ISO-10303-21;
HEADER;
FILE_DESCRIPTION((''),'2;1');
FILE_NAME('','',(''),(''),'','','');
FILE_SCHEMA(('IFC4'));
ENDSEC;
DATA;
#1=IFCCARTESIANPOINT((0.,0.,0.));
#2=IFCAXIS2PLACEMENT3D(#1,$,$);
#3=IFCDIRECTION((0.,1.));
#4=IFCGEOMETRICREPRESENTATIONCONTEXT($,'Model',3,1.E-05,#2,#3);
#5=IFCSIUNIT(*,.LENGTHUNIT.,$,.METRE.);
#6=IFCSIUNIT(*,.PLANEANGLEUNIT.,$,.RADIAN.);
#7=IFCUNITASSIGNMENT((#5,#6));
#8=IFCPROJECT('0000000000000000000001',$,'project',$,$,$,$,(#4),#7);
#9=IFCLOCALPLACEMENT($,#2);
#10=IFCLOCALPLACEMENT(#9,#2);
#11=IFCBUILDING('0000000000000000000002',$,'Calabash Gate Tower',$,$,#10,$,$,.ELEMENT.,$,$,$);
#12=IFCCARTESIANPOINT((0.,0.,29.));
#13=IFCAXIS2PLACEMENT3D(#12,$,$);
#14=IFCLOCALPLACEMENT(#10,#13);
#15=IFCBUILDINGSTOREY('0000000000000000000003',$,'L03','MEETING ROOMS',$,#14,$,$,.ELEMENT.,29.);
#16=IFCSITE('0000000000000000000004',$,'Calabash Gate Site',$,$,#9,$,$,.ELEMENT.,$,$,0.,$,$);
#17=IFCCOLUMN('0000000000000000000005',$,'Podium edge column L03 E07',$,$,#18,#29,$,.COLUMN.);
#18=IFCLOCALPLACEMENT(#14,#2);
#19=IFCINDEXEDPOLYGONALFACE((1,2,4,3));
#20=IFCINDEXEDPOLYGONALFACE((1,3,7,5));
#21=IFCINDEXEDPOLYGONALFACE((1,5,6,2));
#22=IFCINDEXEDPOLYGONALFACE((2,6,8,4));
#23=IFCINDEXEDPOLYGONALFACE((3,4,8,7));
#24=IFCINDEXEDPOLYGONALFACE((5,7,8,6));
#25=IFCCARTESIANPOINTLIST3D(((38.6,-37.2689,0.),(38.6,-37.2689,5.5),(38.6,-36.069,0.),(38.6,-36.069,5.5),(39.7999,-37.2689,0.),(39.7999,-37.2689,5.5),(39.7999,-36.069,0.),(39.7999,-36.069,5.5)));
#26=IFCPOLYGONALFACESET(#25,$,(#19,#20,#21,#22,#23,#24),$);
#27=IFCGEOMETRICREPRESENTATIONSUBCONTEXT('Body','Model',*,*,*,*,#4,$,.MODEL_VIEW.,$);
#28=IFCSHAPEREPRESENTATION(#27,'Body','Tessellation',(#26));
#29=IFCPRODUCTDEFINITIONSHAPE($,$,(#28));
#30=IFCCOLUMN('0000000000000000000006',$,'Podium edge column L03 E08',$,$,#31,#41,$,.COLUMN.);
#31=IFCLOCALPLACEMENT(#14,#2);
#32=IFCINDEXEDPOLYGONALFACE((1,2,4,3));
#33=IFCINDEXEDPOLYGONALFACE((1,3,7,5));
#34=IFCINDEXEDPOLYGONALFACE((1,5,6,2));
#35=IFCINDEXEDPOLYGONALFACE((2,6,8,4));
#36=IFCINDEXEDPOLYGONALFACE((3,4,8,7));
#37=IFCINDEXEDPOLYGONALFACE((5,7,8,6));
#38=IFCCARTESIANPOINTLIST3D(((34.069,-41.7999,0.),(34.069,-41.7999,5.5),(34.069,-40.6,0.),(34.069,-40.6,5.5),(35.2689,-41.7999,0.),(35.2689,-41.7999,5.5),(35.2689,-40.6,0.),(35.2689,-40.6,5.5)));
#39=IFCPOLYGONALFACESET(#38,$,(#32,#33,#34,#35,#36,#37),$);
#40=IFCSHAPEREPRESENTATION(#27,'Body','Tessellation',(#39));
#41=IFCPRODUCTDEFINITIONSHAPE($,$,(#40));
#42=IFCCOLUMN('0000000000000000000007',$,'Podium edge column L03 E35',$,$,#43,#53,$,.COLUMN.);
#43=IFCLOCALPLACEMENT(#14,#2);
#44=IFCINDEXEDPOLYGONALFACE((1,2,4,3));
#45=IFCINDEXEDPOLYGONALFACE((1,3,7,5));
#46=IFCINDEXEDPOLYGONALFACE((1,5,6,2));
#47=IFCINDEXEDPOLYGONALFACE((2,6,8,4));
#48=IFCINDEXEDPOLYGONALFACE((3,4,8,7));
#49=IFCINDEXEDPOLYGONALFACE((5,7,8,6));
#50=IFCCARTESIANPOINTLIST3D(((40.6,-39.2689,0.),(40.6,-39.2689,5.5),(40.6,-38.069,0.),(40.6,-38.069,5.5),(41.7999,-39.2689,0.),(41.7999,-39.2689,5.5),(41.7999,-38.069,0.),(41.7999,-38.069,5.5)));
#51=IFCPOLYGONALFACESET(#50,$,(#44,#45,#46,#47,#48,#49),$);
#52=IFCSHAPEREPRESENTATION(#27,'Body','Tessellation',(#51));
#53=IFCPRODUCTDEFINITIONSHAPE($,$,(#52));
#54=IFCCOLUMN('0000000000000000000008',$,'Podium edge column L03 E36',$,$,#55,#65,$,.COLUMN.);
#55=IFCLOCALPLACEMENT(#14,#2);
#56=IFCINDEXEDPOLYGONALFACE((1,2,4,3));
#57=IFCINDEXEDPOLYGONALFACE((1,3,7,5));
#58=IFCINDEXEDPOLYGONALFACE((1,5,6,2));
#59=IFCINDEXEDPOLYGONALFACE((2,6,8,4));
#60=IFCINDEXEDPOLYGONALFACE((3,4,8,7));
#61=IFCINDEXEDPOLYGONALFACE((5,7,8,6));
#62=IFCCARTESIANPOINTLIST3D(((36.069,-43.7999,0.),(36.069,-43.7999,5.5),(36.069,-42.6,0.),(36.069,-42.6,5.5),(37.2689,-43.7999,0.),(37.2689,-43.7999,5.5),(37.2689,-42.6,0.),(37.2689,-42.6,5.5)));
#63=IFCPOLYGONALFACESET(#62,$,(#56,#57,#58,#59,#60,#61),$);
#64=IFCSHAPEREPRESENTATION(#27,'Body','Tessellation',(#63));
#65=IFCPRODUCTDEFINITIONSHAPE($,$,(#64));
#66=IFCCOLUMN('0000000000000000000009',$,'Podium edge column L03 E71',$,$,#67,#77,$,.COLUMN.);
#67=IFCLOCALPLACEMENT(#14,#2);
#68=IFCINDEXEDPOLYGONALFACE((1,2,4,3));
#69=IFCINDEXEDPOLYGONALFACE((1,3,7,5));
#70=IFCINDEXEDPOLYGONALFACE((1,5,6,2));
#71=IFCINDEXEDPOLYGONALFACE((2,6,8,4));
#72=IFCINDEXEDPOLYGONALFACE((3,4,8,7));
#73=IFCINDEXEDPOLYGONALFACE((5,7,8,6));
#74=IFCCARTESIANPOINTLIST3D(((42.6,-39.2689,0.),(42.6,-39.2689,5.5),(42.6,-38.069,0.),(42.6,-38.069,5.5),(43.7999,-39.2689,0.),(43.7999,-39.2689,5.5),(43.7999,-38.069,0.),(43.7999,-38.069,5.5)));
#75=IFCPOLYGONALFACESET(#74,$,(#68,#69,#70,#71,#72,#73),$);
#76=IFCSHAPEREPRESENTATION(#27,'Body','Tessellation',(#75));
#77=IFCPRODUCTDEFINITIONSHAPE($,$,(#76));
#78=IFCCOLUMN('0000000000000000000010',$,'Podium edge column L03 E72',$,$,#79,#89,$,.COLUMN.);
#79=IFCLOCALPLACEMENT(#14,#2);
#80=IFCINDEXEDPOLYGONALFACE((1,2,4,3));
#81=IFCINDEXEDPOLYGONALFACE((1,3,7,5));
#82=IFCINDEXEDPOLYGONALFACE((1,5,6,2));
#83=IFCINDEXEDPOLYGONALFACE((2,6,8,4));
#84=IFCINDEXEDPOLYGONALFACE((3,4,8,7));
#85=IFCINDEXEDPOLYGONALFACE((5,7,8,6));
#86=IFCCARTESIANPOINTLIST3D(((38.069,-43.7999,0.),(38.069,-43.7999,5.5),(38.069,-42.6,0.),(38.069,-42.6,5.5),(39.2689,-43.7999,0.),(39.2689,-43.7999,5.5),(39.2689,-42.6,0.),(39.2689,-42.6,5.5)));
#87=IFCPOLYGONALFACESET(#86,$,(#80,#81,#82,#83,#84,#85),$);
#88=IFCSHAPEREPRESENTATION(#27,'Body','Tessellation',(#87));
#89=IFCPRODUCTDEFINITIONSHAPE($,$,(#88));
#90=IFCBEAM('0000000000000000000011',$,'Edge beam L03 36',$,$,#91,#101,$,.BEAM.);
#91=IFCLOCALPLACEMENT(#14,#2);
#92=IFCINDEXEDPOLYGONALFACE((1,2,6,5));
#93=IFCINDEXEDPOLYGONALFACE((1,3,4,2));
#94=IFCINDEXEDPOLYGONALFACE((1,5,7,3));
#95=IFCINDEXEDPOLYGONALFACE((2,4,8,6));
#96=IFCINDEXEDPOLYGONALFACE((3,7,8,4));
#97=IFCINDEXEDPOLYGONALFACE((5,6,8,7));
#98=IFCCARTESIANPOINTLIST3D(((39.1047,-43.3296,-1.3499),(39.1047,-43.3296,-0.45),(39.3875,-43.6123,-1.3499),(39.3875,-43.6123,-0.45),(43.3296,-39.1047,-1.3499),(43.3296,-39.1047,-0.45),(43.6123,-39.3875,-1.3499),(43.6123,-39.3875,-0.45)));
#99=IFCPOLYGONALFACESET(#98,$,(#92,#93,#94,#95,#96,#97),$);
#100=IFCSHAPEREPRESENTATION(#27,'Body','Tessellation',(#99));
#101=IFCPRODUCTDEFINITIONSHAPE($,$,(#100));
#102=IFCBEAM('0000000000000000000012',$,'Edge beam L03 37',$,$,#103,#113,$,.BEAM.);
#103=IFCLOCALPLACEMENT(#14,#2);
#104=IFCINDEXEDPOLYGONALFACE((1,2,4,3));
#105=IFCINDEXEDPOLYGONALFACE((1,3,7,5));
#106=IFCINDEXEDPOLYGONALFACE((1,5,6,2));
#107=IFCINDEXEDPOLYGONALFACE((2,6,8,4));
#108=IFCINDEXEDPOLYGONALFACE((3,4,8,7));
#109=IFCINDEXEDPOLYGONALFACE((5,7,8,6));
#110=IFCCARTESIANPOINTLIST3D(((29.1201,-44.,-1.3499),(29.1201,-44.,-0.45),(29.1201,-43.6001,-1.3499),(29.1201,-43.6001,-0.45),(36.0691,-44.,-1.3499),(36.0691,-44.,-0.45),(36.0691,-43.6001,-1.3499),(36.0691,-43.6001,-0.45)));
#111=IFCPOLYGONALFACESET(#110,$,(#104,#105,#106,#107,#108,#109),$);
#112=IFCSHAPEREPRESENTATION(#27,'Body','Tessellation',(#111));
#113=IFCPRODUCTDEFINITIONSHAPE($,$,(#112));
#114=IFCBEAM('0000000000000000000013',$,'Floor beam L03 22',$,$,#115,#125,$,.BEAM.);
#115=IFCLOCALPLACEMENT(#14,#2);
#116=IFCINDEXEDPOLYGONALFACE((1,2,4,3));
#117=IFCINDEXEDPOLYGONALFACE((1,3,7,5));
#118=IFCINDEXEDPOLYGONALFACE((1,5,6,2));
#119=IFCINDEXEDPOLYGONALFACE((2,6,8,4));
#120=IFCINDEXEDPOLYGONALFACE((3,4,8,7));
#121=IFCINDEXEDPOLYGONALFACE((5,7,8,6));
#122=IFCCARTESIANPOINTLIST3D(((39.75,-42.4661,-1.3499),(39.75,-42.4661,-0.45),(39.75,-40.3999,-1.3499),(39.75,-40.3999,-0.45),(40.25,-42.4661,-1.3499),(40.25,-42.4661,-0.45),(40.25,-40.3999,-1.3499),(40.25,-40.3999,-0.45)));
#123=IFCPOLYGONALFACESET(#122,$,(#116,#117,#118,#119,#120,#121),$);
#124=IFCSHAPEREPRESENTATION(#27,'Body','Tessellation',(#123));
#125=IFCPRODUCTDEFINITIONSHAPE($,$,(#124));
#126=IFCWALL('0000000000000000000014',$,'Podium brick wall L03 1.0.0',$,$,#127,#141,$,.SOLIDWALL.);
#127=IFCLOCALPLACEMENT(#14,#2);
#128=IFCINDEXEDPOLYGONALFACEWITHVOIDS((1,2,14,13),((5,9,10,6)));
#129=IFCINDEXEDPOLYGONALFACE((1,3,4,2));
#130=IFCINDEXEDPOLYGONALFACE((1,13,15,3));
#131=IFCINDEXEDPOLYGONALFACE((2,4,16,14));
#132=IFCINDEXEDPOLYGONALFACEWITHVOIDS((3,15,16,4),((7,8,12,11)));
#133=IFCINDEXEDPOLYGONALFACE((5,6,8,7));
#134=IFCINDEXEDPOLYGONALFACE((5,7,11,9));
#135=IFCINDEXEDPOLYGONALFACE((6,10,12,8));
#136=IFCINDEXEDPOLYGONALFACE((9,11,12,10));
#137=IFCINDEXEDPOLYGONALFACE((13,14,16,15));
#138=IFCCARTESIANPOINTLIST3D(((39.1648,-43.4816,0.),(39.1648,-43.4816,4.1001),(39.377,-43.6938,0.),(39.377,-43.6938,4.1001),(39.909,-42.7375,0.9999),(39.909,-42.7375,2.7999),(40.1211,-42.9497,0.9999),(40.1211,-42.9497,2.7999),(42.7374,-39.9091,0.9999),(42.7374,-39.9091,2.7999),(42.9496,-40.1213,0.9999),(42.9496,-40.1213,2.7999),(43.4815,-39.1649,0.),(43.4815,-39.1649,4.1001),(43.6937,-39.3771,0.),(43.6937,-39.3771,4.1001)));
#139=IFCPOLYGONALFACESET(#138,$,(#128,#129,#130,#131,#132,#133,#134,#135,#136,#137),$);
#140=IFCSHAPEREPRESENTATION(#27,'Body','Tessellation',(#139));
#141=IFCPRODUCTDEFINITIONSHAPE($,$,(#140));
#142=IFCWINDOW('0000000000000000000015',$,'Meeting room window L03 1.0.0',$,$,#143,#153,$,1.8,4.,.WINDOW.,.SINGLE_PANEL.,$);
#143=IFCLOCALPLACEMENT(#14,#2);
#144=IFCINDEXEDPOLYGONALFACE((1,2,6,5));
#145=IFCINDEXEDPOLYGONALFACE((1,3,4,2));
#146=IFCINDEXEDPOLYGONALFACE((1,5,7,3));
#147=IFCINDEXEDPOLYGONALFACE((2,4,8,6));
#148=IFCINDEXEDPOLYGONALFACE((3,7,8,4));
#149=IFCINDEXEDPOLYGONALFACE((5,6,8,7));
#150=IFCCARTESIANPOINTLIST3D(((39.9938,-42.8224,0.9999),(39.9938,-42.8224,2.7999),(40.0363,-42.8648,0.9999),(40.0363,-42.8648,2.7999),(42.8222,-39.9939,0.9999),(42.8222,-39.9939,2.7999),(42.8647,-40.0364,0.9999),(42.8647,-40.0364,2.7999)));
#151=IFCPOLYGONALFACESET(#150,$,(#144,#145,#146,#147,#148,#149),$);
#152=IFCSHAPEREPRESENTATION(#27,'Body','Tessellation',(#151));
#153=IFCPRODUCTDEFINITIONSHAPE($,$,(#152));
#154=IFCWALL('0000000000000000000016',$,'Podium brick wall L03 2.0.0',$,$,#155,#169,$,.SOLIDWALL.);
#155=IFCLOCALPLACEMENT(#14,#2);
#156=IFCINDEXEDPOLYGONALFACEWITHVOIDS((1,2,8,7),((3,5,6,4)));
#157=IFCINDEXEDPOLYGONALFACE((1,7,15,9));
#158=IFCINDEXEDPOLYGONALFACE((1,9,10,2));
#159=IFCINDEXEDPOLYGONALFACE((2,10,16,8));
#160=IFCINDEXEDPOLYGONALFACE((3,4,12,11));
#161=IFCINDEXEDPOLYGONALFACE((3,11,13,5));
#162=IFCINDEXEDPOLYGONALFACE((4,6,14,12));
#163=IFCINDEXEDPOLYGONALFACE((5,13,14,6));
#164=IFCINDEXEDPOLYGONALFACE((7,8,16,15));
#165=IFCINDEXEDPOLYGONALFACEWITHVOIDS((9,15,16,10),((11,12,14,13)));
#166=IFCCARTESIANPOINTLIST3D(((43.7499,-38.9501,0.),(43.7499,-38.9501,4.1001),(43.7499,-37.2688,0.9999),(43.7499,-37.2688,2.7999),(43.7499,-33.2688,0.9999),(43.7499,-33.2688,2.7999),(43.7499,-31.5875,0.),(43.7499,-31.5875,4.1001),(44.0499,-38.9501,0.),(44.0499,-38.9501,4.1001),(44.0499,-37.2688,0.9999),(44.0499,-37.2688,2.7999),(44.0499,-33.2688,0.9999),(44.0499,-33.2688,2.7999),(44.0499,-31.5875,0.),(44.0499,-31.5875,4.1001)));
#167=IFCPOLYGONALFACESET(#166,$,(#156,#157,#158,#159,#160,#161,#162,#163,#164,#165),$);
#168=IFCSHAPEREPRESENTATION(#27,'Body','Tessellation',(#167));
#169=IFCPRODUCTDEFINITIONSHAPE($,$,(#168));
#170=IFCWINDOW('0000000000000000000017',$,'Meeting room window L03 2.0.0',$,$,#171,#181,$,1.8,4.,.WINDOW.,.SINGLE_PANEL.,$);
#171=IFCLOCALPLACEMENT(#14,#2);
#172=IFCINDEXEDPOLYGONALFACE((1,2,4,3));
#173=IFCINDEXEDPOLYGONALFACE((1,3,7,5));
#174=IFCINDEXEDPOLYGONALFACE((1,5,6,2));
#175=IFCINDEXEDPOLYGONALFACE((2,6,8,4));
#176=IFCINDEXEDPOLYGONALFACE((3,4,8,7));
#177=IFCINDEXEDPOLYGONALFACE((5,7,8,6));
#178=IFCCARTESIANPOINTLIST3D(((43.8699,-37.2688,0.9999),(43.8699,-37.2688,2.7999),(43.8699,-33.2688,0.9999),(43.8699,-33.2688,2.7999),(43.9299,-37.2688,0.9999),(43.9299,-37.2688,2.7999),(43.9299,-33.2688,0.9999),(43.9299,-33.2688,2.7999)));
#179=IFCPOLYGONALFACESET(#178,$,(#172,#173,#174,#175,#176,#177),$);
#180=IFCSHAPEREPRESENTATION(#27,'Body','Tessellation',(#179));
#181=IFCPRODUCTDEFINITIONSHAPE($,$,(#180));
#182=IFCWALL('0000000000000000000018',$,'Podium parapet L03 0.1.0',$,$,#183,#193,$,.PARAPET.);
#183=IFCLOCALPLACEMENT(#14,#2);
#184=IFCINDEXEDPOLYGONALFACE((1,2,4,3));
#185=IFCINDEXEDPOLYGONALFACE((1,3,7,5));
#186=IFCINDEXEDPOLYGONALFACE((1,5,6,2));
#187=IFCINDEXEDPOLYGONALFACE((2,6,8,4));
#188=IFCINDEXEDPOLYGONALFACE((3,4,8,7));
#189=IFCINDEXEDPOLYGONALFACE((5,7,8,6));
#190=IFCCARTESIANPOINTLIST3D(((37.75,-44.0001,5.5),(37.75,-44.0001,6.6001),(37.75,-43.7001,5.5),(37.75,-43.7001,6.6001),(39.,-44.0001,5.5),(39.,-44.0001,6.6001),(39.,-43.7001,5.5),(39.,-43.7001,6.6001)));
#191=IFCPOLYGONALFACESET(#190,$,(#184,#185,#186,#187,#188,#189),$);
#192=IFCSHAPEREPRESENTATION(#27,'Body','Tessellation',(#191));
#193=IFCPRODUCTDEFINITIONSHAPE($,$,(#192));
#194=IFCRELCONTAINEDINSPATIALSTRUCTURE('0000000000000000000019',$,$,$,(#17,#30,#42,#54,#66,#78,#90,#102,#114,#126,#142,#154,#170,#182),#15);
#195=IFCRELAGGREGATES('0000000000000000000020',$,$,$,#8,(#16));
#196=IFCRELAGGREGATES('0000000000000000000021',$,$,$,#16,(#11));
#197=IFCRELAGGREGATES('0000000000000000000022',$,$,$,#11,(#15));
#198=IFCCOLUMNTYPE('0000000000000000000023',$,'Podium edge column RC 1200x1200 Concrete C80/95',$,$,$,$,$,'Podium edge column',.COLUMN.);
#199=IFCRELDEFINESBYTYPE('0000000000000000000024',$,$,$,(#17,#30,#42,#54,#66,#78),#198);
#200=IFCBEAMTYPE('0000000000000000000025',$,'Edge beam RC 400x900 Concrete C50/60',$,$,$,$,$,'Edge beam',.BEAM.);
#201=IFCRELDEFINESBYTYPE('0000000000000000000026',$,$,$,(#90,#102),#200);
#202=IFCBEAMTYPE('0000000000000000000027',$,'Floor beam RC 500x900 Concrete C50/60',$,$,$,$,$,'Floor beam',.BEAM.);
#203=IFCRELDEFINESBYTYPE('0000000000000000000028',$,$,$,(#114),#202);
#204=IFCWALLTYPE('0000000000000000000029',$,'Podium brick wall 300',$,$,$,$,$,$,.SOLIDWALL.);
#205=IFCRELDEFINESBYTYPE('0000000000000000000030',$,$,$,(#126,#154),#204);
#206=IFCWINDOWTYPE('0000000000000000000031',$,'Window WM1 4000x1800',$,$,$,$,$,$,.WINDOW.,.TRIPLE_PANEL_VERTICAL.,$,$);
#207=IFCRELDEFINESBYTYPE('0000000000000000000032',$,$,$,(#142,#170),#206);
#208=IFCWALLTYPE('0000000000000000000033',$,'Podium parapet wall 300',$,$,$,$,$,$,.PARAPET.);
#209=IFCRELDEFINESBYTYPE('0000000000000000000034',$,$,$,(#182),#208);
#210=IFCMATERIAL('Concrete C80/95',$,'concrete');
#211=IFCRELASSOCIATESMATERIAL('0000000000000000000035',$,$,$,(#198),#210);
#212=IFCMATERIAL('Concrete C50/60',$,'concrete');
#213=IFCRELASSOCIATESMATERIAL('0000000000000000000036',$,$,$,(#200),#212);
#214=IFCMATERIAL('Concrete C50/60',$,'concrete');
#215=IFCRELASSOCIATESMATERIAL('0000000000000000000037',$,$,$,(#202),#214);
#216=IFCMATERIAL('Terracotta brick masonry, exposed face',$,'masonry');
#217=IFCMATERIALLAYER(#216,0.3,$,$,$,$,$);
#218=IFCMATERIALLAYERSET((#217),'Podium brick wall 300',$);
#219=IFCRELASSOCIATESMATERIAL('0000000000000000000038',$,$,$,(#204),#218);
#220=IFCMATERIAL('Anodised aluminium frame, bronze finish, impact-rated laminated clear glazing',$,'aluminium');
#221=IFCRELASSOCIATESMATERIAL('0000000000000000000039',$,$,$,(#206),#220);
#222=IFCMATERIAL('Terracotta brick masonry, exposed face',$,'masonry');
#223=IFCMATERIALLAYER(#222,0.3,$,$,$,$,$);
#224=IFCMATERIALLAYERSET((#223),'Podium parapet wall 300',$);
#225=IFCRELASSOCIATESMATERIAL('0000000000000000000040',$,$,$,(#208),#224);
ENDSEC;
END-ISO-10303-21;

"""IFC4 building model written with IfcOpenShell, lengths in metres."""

from ifc_helpers import new_model, si_unit, direction, frame, frame_2d, origin, origin_2d, place, context, subcontext, project, spatial, rectangle, extrude, material, layer, layer_set, material_profile, profile_set, type_object, element, fill, save


model = new_model("IFC4")

# Units and contexts
model_context = context("Model", 3, precision=1e-05, world=origin(), true_north=direction((0.0, 1.0)))
body_context = subcontext(model_context, "Body", "Model", "MODEL_VIEW")
ifc_project = project(units=[si_unit("LENGTHUNIT", "METRE"), si_unit("PLANEANGLEUNIT", "RADIAN")], contexts=[model_context])

# Site, building, storey
site_placement = place(None, origin())
site = spatial("IfcSite", under=ifc_project, at=site_placement, Name="Calabash Gate Site", CompositionType="ELEMENT", RefElevation=0.0)
building_placement = place(site_placement, origin())
building = spatial("IfcBuilding", under=site, at=building_placement, Name="Calabash Gate Tower", CompositionType="ELEMENT")
storey_placement = place(building_placement, frame((0.0, 0.0, 29.0)))
storey = spatial("IfcBuildingStorey", under=building, at=storey_placement, Name="L03", Description="MEETING ROOMS", CompositionType="ELEMENT", Elevation=29.0)

# Columns
ifc_material_1 = material(Name="Concrete C80/95", Category="concrete")
ifc_material_profile_1 = material_profile(ifc_material_1, rectangle(XDim=1.2, YDim=1.2, at=origin_2d()))
ifc_profile_set_1 = profile_set([ifc_material_profile_1], Name="Concrete C80/95")
column_type = type_object("IfcColumnType", Name="Podium edge column RC 1200x1200 Concrete C80/95", ElementType="Podium edge column", PredefinedType="COLUMN", material=ifc_profile_set_1)
for number, where, z_axis, x_axis, name in (
    (1, (39.2, -36.6689, 0.0), (0.0, 0.0, 1.0), (1.0, 0.0, 0.0), "Podium edge column L03 E07"),
    (2, (34.6689, -41.2, 0.0), (0.0, 0.0, 1.0), (1.0, 0.0, 0.0), "Podium edge column L03 E08"),
    (3, (41.2, -38.6689, 0.0), (0.0, 0.0, 1.0), (1.0, 0.0, 0.0), "Podium edge column L03 E35"),
    (4, (36.6689, -43.2, 0.0), (0.0, 0.0, 1.0), (1.0, 0.0, 0.0), "Podium edge column L03 E36"),
    (5, (43.2, -38.6689, 0.0), (0.0, 0.0, 1.0), (1.0, 0.0, 0.0), "Podium edge column L03 E71"),
    (6, (38.6689, -43.2, 0.0), (0.0, 0.0, 1.0), (1.0, 0.0, 0.0), "Podium edge column L03 E72"),
):
    element("IfcColumn", number, at=place(storey_placement, frame(where, z_axis=z_axis, x_axis=x_axis)), inside=storey, type_object=column_type, Name=name, PredefinedType="COLUMN", context=body_context, shape_type="SweptSolid", body=[
        extrude(rectangle(XDim=1.2, YDim=1.2, at=origin_2d()), origin(), (0.0, 0.0, 1.0), 5.5),
    ])

# Beams
ifc_material_2 = material(Name="Concrete C50/60", Category="concrete")
ifc_material_profile_2 = material_profile(ifc_material_2, rectangle(XDim=0.3999, YDim=0.8999, at=origin_2d()))
ifc_profile_set_2 = profile_set([ifc_material_profile_2], Name="Concrete C50/60")
beam_type_1 = type_object("IfcBeamType", Name="Edge beam RC 400x900 Concrete C50/60", ElementType="Edge beam", PredefinedType="BEAM", material=ifc_profile_set_2)
beam_1_placement = place(storey_placement, frame((43.4709, -39.2461, -0.8999), z_axis=(-0.707107, -0.707107, 0.0), x_axis=(0.707107, -0.707107, 0.0)))
element("IfcBeam", 7, at=beam_1_placement, inside=storey, type_object=beam_type_1, Name="Edge beam L03 36", PredefinedType="BEAM", context=body_context, shape_type="SweptSolid", body=[
    extrude(rectangle(XDim=0.3999, YDim=0.8999, at=origin_2d()), origin(), (0.0, 0.0, 1.0), 5.9749),
])
beam_2_placement = place(storey_placement, frame((36.0691, -43.8, -0.8999), z_axis=(-1.0, 0.0, 0.0), x_axis=(0.0, -1.0, 0.0)))
element("IfcBeam", 8, at=beam_2_placement, inside=storey, type_object=beam_type_1, Name="Edge beam L03 37", PredefinedType="BEAM", context=body_context, shape_type="SweptSolid", body=[
    extrude(rectangle(XDim=0.3999, YDim=0.8999, at=origin_2d()), origin(), (0.0, 0.0, 1.0), 6.949),
])
ifc_material_3 = material(Name="Concrete C50/60", Category="concrete")
ifc_material_profile_3 = material_profile(ifc_material_3, rectangle(XDim=0.5, YDim=0.8999, at=origin_2d()))
ifc_profile_set_3 = profile_set([ifc_material_profile_3], Name="Concrete C50/60")
beam_type_2 = type_object("IfcBeamType", Name="Floor beam RC 500x900 Concrete C50/60", ElementType="Floor beam", PredefinedType="BEAM", material=ifc_profile_set_3)
beam_3_placement = place(storey_placement, frame((40.0, -42.4661, -0.8999), z_axis=(0.0, 1.0, 0.0), x_axis=(-1.0, 0.0, 0.0)))
element("IfcBeam", 9, at=beam_3_placement, inside=storey, type_object=beam_type_2, Name="Floor beam L03 22", PredefinedType="BEAM", context=body_context, shape_type="SweptSolid", body=[
    extrude(rectangle(XDim=0.5, YDim=0.8999, at=origin_2d()), origin(), (0.0, 0.0, 1.0), 2.0662),
])

# Walls, openings, windows
ifc_material_4 = material(Name="Terracotta brick masonry, exposed face", Category="masonry")
ifc_layer_1 = layer(ifc_material_4, 0.3)
ifc_layer_set_1 = layer_set([ifc_layer_1], Name="Podium brick wall 300")
wall_type_1 = type_object("IfcWallType", Name="Podium brick wall 300", PredefinedType="SOLIDWALL", material=ifc_layer_set_1)
wall_1_placement = place(storey_placement, frame((39.271, -43.5876, 0.0), z_axis=(0.0, 0.0, 1.0), x_axis=(0.707107, 0.707107, 0.0)))
wall_1 = element("IfcWall", 10, at=wall_1_placement, inside=storey, type_object=wall_type_1, Name="Podium brick wall L03 1.0.0", PredefinedType="SOLIDWALL", context=body_context, shape_type="SweptSolid", body=[
    extrude(rectangle(XDim=6.1047, YDim=0.3, at=frame_2d((3.0522, 0.0))), origin(), (0.0, 0.0, 1.0), 4.1001),
])
opening_1_placement = place(wall_1_placement, frame((1.0522, 0.0, 1.0)))
opening_1 = element("IfcOpeningElement", 11, at=opening_1_placement, cuts=wall_1, PredefinedType="OPENING", context=body_context, shape_type="SweptSolid", body=[
    extrude(rectangle(XDim=4.0, YDim=1.8, at=frame_2d((2.0, 0.8999))), frame((0.0, 0.1599, 0.0), z_axis=(0.0, -1.0, 0.0), x_axis=(1.0, 0.0, 0.0)), (0.0, 0.0, 1.0), 0.3201),
])
ifc_material_5 = material(Name="Anodised aluminium frame, bronze finish, impact-rated laminated clear glazing", Category="aluminium")
window_type = type_object("IfcWindowType", Name="Window WM1 4000x1800", PartitioningType="TRIPLE_PANEL_VERTICAL", PredefinedType="WINDOW", material=ifc_material_5)
window_1_placement = place(opening_1_placement, origin())
window_1 = element("IfcWindow", 12, at=window_1_placement, inside=storey, type_object=window_type, Name="Meeting room window L03 1.0.0", OverallHeight=1.8, OverallWidth=4.0, PartitioningType="SINGLE_PANEL", PredefinedType="WINDOW", context=body_context, shape_type="SweptSolid", body=[
    extrude(rectangle(XDim=4.0, YDim=1.8, at=frame_2d((2.0, 0.8999))), frame((0.0, 0.03, 0.0), z_axis=(0.0, -1.0, 0.0), x_axis=(1.0, 0.0, 0.0)), (0.0, 0.0, 1.0), 0.0601),
])
fill(opening_1, window_1)
wall_2_placement = place(storey_placement, frame((43.8999, -38.95, 0.0), z_axis=(0.0, 0.0, 1.0), x_axis=(0.0, 1.0, 0.0)))
wall_2 = element("IfcWall", 13, at=wall_2_placement, inside=storey, type_object=wall_type_1, Name="Podium brick wall L03 2.0.0", PredefinedType="SOLIDWALL", context=body_context, shape_type="SweptSolid", body=[
    extrude(rectangle(XDim=7.3625, YDim=0.3, at=frame_2d((3.6812, 0.0))), origin(), (0.0, 0.0, 1.0), 4.1001),
])
opening_2_placement = place(wall_2_placement, frame((1.6812, 0.0, 1.0)))
opening_2 = element("IfcOpeningElement", 14, at=opening_2_placement, cuts=wall_2, PredefinedType="OPENING", context=body_context, shape_type="SweptSolid", body=[
    extrude(rectangle(XDim=4.0, YDim=1.8, at=frame_2d((2.0, 0.8999))), frame((0.0, 0.1599, 0.0), z_axis=(0.0, -1.0, 0.0), x_axis=(1.0, 0.0, 0.0)), (0.0, 0.0, 1.0), 0.3201),
])
window_2_placement = place(opening_2_placement, origin())
window_2 = element("IfcWindow", 15, at=window_2_placement, inside=storey, type_object=window_type, Name="Meeting room window L03 2.0.0", OverallHeight=1.8, OverallWidth=4.0, PartitioningType="SINGLE_PANEL", PredefinedType="WINDOW", context=body_context, shape_type="SweptSolid", body=[
    extrude(rectangle(XDim=4.0, YDim=1.8, at=frame_2d((2.0, 0.8999))), frame((0.0, 0.03, 0.0), z_axis=(0.0, -1.0, 0.0), x_axis=(1.0, 0.0, 0.0)), (0.0, 0.0, 1.0), 0.0601),
])
fill(opening_2, window_2)

# Wall
ifc_material_6 = material(Name="Terracotta brick masonry, exposed face", Category="masonry")
ifc_layer_2 = layer(ifc_material_6, 0.3)
ifc_layer_set_2 = layer_set([ifc_layer_2], Name="Podium parapet wall 300")
wall_type_2 = type_object("IfcWallType", Name="Podium parapet wall 300", PredefinedType="PARAPET", material=ifc_layer_set_2)
wall_3_placement = place(storey_placement, frame((37.75, -43.8501, 5.5), z_axis=(0.0, 0.0, 1.0), x_axis=(1.0, 0.0, 0.0)))
element("IfcWall", 16, at=wall_3_placement, inside=storey, type_object=wall_type_2, Name="Podium parapet L03 0.1.0", PredefinedType="PARAPET", context=body_context, shape_type="SweptSolid", body=[
    extrude(rectangle(XDim=1.25, YDim=0.3, at=frame_2d((0.625, 0.0))), origin(), (0.0, 0.0, 1.0), 1.1001),
])

save(model, "model.ifc")
